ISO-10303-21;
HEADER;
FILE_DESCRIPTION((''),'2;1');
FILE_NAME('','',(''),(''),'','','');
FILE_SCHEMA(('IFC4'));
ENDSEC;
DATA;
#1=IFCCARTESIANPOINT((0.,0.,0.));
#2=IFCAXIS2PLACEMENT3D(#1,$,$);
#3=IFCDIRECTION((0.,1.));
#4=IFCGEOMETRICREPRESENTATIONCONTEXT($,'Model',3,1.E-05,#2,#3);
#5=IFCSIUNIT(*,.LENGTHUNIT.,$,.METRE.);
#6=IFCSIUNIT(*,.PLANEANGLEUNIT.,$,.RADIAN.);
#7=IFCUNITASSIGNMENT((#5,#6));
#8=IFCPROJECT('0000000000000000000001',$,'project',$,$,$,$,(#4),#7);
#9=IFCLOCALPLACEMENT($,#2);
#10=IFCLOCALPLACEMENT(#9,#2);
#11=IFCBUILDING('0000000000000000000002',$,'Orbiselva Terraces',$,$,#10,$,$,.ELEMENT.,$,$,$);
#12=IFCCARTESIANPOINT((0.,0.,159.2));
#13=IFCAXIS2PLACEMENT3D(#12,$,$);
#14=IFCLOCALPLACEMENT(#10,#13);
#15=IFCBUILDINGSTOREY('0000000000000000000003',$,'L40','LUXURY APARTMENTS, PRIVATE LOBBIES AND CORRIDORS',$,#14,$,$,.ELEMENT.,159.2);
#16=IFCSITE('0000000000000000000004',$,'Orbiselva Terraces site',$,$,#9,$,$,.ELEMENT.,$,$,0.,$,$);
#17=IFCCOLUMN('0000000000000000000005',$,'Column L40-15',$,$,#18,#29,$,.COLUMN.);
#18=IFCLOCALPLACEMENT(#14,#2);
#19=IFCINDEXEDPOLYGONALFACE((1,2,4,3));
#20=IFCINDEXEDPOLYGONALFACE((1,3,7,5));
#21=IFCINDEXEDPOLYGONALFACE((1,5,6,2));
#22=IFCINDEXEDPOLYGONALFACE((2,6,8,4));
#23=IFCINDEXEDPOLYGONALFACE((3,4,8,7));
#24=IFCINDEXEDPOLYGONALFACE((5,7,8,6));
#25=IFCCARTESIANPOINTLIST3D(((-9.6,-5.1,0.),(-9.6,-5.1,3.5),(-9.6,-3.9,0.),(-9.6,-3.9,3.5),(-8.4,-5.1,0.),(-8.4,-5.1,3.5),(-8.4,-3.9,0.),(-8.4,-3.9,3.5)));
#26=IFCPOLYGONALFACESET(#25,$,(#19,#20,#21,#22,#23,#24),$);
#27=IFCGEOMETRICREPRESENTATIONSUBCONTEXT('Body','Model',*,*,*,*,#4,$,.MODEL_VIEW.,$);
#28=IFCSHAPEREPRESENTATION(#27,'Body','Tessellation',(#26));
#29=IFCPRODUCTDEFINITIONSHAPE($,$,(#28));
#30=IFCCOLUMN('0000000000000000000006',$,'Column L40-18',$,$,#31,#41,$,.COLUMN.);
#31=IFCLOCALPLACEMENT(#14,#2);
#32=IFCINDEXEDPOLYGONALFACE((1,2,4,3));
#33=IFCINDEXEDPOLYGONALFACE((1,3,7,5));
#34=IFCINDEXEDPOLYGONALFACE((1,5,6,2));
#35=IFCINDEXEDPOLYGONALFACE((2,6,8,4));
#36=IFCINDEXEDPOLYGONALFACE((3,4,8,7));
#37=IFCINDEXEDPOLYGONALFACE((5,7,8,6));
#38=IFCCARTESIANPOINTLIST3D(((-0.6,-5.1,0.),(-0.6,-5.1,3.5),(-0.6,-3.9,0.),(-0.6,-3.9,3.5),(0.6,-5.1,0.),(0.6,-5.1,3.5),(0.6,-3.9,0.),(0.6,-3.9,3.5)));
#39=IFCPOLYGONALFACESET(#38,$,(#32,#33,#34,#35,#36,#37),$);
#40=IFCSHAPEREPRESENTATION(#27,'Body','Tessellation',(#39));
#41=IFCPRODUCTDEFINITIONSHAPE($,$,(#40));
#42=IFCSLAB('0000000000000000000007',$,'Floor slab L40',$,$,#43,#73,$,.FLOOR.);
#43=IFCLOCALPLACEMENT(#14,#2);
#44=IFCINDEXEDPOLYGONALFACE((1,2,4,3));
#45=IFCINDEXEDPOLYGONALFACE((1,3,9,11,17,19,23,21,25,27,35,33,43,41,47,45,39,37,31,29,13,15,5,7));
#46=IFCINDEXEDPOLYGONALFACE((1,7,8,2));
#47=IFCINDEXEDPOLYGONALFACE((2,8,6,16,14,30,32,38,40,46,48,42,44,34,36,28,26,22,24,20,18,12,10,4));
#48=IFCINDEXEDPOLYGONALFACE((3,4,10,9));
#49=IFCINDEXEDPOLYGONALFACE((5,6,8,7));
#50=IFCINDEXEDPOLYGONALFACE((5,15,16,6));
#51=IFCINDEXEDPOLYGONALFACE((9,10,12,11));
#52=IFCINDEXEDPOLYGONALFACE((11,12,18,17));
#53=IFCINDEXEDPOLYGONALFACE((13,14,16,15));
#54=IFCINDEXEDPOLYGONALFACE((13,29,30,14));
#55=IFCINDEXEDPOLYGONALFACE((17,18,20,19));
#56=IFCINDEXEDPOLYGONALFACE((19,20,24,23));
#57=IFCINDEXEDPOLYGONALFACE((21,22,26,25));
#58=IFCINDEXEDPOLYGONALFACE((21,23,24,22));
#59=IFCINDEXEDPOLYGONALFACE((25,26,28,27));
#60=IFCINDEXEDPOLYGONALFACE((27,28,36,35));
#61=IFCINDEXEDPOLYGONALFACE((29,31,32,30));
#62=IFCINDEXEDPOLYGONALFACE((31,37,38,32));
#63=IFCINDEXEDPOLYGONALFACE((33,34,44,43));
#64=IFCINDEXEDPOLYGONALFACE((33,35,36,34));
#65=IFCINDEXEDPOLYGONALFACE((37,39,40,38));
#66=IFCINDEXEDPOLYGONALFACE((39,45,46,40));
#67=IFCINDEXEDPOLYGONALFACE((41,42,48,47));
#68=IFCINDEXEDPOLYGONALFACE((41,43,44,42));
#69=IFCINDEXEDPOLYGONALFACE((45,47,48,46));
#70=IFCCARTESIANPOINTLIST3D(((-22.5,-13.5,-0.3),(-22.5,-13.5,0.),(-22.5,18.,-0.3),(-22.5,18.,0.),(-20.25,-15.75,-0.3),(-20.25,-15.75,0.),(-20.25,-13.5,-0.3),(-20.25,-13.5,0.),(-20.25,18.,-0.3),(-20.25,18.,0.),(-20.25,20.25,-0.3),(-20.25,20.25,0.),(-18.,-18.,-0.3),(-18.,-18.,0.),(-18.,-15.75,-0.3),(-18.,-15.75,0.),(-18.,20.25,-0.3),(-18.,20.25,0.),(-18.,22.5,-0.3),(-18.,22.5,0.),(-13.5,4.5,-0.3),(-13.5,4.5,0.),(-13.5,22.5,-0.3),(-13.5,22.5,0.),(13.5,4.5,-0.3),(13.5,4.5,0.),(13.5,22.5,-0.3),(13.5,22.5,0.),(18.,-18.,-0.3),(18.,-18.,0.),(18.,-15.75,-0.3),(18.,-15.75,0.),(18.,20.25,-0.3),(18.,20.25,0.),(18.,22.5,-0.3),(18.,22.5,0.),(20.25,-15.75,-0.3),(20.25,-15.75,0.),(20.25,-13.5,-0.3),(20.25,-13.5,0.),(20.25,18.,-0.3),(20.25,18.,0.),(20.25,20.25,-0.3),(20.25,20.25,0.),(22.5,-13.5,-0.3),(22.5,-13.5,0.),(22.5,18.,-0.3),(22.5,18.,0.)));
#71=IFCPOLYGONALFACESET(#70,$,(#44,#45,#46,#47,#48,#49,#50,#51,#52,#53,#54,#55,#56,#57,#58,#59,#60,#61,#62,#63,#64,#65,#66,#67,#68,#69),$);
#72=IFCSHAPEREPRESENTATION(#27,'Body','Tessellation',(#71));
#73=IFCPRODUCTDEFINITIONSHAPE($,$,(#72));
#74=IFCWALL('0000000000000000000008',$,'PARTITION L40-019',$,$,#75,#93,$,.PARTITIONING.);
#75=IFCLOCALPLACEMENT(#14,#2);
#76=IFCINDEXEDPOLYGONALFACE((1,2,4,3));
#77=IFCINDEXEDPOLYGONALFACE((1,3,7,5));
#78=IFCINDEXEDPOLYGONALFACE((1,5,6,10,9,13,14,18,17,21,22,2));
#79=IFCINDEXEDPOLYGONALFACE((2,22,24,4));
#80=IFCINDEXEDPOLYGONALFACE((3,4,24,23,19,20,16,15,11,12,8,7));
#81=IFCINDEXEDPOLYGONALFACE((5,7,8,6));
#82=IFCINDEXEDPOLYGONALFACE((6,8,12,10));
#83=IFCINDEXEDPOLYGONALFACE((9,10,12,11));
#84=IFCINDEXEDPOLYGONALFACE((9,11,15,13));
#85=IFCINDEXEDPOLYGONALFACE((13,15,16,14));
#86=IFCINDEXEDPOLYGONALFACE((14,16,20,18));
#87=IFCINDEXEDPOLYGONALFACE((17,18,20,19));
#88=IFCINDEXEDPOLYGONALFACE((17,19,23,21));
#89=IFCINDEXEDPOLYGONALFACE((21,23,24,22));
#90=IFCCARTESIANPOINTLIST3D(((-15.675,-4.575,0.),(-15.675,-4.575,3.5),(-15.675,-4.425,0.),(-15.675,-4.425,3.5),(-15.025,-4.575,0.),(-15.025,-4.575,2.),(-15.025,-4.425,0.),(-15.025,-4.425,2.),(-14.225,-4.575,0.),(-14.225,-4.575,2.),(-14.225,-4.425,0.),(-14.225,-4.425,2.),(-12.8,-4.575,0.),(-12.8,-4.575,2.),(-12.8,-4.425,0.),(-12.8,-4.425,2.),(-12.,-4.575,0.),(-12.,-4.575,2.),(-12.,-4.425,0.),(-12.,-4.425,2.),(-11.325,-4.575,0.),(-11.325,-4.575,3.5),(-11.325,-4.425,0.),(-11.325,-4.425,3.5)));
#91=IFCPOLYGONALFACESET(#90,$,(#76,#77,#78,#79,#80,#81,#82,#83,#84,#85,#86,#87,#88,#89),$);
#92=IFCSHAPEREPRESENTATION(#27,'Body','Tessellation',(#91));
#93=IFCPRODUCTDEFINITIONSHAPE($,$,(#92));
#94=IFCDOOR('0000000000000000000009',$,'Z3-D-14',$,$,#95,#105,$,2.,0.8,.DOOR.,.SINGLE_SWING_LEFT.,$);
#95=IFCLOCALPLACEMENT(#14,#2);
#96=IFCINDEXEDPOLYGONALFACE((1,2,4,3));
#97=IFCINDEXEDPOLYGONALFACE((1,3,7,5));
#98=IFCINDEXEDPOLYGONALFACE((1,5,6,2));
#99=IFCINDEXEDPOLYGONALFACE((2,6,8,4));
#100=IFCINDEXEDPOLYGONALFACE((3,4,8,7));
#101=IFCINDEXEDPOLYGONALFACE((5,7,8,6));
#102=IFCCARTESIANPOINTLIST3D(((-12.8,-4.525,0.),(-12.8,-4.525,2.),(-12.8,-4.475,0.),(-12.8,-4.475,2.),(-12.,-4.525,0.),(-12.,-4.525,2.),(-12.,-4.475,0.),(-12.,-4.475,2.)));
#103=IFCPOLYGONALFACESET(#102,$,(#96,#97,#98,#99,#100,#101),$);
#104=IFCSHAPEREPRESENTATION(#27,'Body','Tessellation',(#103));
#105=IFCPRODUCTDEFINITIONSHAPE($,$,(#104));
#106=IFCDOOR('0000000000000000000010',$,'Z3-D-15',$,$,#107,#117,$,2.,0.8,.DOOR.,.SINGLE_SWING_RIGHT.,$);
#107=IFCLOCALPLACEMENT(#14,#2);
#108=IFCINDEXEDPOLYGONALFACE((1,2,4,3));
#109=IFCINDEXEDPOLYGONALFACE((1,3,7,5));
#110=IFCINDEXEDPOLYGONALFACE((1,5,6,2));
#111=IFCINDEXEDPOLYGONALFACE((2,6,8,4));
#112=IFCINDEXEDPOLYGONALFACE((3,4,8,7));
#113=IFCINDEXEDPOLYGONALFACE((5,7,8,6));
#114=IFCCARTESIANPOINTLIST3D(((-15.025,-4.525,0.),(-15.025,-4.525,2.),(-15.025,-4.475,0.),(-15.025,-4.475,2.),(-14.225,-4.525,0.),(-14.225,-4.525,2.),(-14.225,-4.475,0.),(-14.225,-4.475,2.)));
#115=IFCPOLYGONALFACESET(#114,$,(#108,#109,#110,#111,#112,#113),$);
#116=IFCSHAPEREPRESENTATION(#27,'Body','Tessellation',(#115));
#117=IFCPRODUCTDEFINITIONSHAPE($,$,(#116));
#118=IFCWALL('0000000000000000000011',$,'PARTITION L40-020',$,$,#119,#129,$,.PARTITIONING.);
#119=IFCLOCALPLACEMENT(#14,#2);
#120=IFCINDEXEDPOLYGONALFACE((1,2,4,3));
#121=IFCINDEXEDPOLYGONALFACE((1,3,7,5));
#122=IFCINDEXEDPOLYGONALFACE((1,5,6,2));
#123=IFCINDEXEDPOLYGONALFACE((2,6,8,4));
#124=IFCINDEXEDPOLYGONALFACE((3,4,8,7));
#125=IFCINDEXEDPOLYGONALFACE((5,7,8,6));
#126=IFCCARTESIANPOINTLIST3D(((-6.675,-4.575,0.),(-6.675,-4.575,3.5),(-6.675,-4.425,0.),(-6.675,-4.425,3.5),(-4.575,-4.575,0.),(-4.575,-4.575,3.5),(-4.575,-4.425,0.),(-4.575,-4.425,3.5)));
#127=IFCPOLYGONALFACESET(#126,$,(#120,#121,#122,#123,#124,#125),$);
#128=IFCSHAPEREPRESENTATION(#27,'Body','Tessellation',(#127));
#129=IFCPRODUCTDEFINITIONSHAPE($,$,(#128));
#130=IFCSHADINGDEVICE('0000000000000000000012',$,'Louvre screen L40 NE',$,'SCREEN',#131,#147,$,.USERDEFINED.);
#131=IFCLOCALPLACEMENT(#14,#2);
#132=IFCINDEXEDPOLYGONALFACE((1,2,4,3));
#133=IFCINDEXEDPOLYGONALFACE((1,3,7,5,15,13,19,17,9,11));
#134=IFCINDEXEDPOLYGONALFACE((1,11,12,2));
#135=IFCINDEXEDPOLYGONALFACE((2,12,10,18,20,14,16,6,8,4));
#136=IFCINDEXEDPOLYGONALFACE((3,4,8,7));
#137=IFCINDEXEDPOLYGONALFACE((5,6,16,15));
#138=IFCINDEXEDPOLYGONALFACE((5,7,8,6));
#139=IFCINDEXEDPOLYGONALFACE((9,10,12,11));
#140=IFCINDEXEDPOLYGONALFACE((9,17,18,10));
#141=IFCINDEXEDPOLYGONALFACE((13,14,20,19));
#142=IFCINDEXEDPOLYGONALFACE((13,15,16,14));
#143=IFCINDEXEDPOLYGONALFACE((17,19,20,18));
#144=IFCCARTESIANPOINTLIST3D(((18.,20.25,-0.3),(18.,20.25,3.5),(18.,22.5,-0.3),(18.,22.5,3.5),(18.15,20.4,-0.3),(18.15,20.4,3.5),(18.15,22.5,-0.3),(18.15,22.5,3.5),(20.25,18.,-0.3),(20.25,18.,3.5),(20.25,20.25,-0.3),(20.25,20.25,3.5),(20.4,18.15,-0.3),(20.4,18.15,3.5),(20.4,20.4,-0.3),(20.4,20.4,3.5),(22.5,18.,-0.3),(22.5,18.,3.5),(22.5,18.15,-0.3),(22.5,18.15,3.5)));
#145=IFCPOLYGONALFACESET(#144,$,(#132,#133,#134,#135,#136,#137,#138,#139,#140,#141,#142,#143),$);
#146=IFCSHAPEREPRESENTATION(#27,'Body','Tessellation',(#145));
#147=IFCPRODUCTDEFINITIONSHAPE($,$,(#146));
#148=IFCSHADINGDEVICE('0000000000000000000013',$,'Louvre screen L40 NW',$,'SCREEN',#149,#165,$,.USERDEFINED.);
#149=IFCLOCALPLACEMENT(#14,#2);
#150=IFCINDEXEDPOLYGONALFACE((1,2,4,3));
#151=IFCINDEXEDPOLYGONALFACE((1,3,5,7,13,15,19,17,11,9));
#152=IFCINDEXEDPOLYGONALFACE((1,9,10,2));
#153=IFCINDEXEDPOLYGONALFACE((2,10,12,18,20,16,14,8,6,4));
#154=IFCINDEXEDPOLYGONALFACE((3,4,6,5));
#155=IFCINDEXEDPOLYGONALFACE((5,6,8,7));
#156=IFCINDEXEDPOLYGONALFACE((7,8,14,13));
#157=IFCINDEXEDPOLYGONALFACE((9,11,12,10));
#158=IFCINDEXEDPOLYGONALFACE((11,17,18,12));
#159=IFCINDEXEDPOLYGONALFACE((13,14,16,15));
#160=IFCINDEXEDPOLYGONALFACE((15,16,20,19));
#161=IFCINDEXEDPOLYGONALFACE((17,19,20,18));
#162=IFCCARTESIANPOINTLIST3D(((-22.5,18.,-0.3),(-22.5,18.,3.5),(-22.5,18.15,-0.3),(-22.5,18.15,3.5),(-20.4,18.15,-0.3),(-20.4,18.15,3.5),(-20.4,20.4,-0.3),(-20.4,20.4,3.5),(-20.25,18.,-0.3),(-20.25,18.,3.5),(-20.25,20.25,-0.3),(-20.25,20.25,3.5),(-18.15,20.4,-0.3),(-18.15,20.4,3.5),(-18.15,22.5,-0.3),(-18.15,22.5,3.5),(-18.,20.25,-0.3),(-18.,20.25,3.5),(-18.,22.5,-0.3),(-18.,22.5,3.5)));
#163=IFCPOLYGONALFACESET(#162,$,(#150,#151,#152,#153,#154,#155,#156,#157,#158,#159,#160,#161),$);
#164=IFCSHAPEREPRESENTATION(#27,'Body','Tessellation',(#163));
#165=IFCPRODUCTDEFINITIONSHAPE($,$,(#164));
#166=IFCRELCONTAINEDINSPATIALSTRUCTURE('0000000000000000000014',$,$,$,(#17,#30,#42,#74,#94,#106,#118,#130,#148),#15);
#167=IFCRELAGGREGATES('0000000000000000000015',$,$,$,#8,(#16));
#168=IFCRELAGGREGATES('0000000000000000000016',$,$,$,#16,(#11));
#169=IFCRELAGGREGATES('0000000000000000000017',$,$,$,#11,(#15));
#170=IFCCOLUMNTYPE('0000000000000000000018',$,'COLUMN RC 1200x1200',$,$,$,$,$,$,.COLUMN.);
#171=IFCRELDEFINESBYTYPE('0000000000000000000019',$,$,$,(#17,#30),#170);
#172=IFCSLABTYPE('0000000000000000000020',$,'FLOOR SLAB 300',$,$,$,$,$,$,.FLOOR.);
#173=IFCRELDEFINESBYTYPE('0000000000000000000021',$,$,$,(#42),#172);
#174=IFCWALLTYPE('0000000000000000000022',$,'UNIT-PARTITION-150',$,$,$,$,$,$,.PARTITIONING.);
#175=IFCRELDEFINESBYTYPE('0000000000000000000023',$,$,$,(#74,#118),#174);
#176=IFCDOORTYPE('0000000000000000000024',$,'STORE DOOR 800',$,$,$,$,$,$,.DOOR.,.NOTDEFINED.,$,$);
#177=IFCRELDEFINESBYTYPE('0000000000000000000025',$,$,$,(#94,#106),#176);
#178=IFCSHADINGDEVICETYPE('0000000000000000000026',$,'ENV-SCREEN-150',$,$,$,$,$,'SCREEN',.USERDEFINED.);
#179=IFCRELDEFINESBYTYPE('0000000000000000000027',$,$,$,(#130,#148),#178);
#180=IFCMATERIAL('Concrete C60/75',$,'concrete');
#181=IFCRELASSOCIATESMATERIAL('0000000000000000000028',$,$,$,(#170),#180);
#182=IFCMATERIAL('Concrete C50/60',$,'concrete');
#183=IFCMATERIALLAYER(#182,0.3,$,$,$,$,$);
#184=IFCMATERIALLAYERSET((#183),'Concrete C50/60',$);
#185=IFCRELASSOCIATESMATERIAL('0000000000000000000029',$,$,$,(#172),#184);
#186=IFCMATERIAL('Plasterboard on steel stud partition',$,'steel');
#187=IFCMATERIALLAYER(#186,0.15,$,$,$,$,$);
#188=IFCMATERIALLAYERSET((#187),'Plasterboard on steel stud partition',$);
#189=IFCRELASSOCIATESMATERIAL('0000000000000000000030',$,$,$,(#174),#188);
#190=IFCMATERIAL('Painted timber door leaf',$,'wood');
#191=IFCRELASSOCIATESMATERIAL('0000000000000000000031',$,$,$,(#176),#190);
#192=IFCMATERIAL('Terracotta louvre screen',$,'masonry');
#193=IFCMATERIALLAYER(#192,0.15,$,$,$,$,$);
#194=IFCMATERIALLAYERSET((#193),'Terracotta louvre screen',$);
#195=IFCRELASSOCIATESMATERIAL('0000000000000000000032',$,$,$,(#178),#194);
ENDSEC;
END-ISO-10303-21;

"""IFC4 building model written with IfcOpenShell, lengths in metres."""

from ifc_helpers import new_model, si_unit, direction, frame, frame_2d, origin, origin_2d, place, context, subcontext, project, spatial, polyline, rectangle, outline, extrude, material, layer, layer_set, material_profile, profile_set, type_object, element, fill, save


model = new_model("IFC4")

# Units and contexts
model_context = context("Model", 3, precision=1e-05, world=origin(), true_north=direction((0.0, 1.0)))
body_context = subcontext(model_context, "Body", "Model", "MODEL_VIEW")
ifc_project = project(units=[si_unit("LENGTHUNIT", "METRE"), si_unit("PLANEANGLEUNIT", "RADIAN")], contexts=[model_context])

# Site, building, storey
site_placement = place(None, origin())
site = spatial("IfcSite", under=ifc_project, at=site_placement, Name="Orbiselva Terraces site", CompositionType="ELEMENT", RefElevation=0.0)
building_placement = place(site_placement, origin())
building = spatial("IfcBuilding", under=site, at=building_placement, Name="Orbiselva Terraces", CompositionType="ELEMENT")
storey_placement = place(building_placement, frame((0.0, 0.0, 159.2)))
storey = spatial("IfcBuildingStorey", under=building, at=storey_placement, Name="L40", Description="LUXURY APARTMENTS, PRIVATE LOBBIES AND CORRIDORS", CompositionType="ELEMENT", Elevation=159.2)

# Columns
ifc_material_1 = material(Name="Concrete C60/75", Category="concrete")
ifc_material_profile = material_profile(ifc_material_1, rectangle(XDim=1.2, YDim=1.2, at=origin_2d()), Name="RC 1200x1200")
ifc_profile_set = profile_set([ifc_material_profile], Name="Concrete C60/75")
column_type = type_object("IfcColumnType", Name="COLUMN RC 1200x1200", PredefinedType="COLUMN", material=ifc_profile_set)
for number, where, z_axis, x_axis, name in (
    (1, (-9.0, -4.5, 0.0), (0.0, 0.0, 1.0), (1.0, 0.0, 0.0), "Column L40-15"),
    (2, (0.0, -4.5, 0.0), (0.0, 0.0, 1.0), (1.0, 0.0, 0.0), "Column L40-18"),
):
    element("IfcColumn", number, at=place(storey_placement, frame(where, z_axis=z_axis, x_axis=x_axis)), inside=storey, type_object=column_type, Name=name, PredefinedType="COLUMN", context=body_context, shape_type="SweptSolid", body=[
        extrude(rectangle(XDim=1.2, YDim=1.2, at=origin_2d()), origin(), (0.0, 0.0, 1.0), 3.5),
    ])

# Slab
ifc_material_2 = material(Name="Concrete C50/60", Category="concrete")
ifc_layer_1 = layer(ifc_material_2, 0.3)
ifc_layer_set_1 = layer_set([ifc_layer_1], Name="Concrete C50/60")
slab_type = type_object("IfcSlabType", Name="FLOOR SLAB 300", PredefinedType="FLOOR", material=ifc_layer_set_1)
slab_placement = place(storey_placement, frame((0.0, 0.0, -0.3)))
element("IfcSlab", 3, at=slab_placement, inside=storey, type_object=slab_type, Name="Floor slab L40", PredefinedType="FLOOR", context=body_context, shape_type="SweptSolid", body=[
    extrude(outline(polyline([(18.0, 22.5), (18.0, 20.25), (20.25, 20.25), (20.25, 18.0), (22.5, 18.0), (22.5, -13.5), (20.25, -13.5), (20.25, -15.75), (18.0, -15.75), (18.0, -18.0), (-18.0, -18.0), (-18.0, -15.75), (-20.25, -15.75), (-20.25, -13.5), (-22.5, -13.5), (-22.5, 18.0), (-20.25, 18.0), (-20.25, 20.25), (-18.0, 20.25), (-18.0, 22.5), (-13.5, 22.5), (-13.5, 4.5), (13.5, 4.5), (13.5, 22.5), (18.0, 22.5)])), origin(), (0.0, 0.0, 1.0), 0.3),
])

# Wall, openings, doors
ifc_material_3 = material(Name="Plasterboard on steel stud partition", Category="steel")
ifc_layer_2 = layer(ifc_material_3, 0.15)
ifc_layer_set_2 = layer_set([ifc_layer_2], Name="Plasterboard on steel stud partition")
wall_type = type_object("IfcWallType", Name="UNIT-PARTITION-150", PredefinedType="PARTITIONING", material=ifc_layer_set_2)
wall_1_placement = place(storey_placement, frame((-11.325, -4.5, 0.0), z_axis=(0.0, 0.0, 1.0), x_axis=(-1.0, 0.0, 0.0)))
wall_1 = element("IfcWall", 4, at=wall_1_placement, inside=storey, type_object=wall_type, Name="PARTITION L40-019", PredefinedType="PARTITIONING", context=body_context, shape_type="SweptSolid", body=[
    extrude(rectangle(XDim=4.35, YDim=0.15, at=frame_2d((2.175, 0.0))), origin(), (0.0, 0.0, 1.0), 3.5),
])
opening_1_placement = place(wall_1_placement, frame((0.675, 0.0, 0.0)))
opening_1 = element("IfcOpeningElement", 5, at=opening_1_placement, cuts=wall_1, PredefinedType="OPENING", context=body_context, shape_type="SweptSolid", body=[
    extrude(rectangle(XDim=0.8, YDim=2.0, at=frame_2d((0.4, 1.0))), frame((0.0, 0.085, 0.0), z_axis=(0.0, -1.0, 0.0), x_axis=(1.0, 0.0, 0.0)), (0.0, 0.0, 1.0), 0.17),
])
opening_2_placement = place(wall_1_placement, frame((2.9, 0.0, 0.0)))
opening_2 = element("IfcOpeningElement", 6, at=opening_2_placement, cuts=wall_1, PredefinedType="OPENING", context=body_context, shape_type="SweptSolid", body=[
    extrude(rectangle(XDim=0.8, YDim=2.0, at=frame_2d((0.4, 1.0))), frame((0.0, 0.085, 0.0), z_axis=(0.0, -1.0, 0.0), x_axis=(1.0, 0.0, 0.0)), (0.0, 0.0, 1.0), 0.17),
])
ifc_material_4 = material(Name="Painted timber door leaf", Category="wood")
door_type = type_object("IfcDoorType", Name="STORE DOOR 800", OperationType="NOTDEFINED", PredefinedType="DOOR", material=ifc_material_4)
door_1_placement = place(opening_1_placement, origin())
door_1 = element("IfcDoor", 7, at=door_1_placement, inside=storey, type_object=door_type, Name="Z3-D-14", OperationType="SINGLE_SWING_LEFT", OverallHeight=2.0, OverallWidth=0.8, PredefinedType="DOOR", context=body_context, shape_type="SweptSolid", body=[
    extrude(rectangle(XDim=0.8, YDim=2.0, at=frame_2d((0.4, 1.0))), frame((0.0, 0.025, 0.0), z_axis=(0.0, -1.0, 0.0), x_axis=(1.0, 0.0, 0.0)), (0.0, 0.0, 1.0), 0.05),
])
fill(opening_1, door_1)
door_2_placement = place(opening_2_placement, origin())
door_2 = element("IfcDoor", 8, at=door_2_placement, inside=storey, type_object=door_type, Name="Z3-D-15", OperationType="SINGLE_SWING_RIGHT", OverallHeight=2.0, OverallWidth=0.8, PredefinedType="DOOR", context=body_context, shape_type="SweptSolid", body=[
    extrude(rectangle(XDim=0.8, YDim=2.0, at=frame_2d((0.4, 1.0))), frame((0.0, 0.025, 0.0), z_axis=(0.0, -1.0, 0.0), x_axis=(1.0, 0.0, 0.0)), (0.0, 0.0, 1.0), 0.05),
])
fill(opening_2, door_2)

# Wall
wall_2_placement = place(storey_placement, frame((-6.675, -4.5, 0.0), z_axis=(0.0, 0.0, 1.0), x_axis=(1.0, 0.0, 0.0)))
element("IfcWall", 9, at=wall_2_placement, inside=storey, type_object=wall_type, Name="PARTITION L40-020", PredefinedType="PARTITIONING", context=body_context, shape_type="SweptSolid", body=[
    extrude(rectangle(XDim=2.1, YDim=0.15, at=frame_2d((1.05, 0.0))), origin(), (0.0, 0.0, 1.0), 3.5),
])

# Shading devices
ifc_material_5 = material(Name="Terracotta louvre screen", Category="masonry")
ifc_layer_3 = layer(ifc_material_5, 0.15)
ifc_layer_set_3 = layer_set([ifc_layer_3], Name="Terracotta louvre screen")
shading_device_type_1 = type_object("IfcShadingDeviceType", Name="ENV-SCREEN-150", ElementType="SCREEN", PredefinedType="USERDEFINED", material=ifc_layer_set_3)
shading_device_1_placement = place(storey_placement, frame((0.0, 0.0, -0.3)))
element("IfcShadingDevice", 10, at=shading_device_1_placement, inside=storey, type_object=shading_device_type_1, Name="Louvre screen L40 NE", ObjectType="SCREEN", PredefinedType="USERDEFINED", context=body_context, shape_type="SweptSolid", body=[
    extrude(outline(polyline([(22.5, 18.15), (20.4, 18.15), (20.4, 20.4), (18.15, 20.4), (18.15, 22.5), (18.0, 22.5), (18.0, 20.25), (20.25, 20.25), (20.25, 18.0), (22.5, 18.0), (22.5, 18.15)])), origin(), (0.0, 0.0, 1.0), 3.8),
])
shading_device_2_placement = place(storey_placement, frame((0.0, 0.0, -0.3)))
element("IfcShadingDevice", 11, at=shading_device_2_placement, inside=storey, type_object=shading_device_type_1, Name="Louvre screen L40 NW", ObjectType="SCREEN", PredefinedType="USERDEFINED", context=body_context, shape_type="SweptSolid", body=[
    extrude(outline(polyline([(-18.15, 22.5), (-18.15, 20.4), (-20.4, 20.4), (-20.4, 18.15), (-22.5, 18.15), (-22.5, 18.0), (-20.25, 18.0), (-20.25, 20.25), (-18.0, 20.25), (-18.0, 22.5), (-18.15, 22.5)])), origin(), (0.0, 0.0, 1.0), 3.8),
])

save(model, "model.ifc")
